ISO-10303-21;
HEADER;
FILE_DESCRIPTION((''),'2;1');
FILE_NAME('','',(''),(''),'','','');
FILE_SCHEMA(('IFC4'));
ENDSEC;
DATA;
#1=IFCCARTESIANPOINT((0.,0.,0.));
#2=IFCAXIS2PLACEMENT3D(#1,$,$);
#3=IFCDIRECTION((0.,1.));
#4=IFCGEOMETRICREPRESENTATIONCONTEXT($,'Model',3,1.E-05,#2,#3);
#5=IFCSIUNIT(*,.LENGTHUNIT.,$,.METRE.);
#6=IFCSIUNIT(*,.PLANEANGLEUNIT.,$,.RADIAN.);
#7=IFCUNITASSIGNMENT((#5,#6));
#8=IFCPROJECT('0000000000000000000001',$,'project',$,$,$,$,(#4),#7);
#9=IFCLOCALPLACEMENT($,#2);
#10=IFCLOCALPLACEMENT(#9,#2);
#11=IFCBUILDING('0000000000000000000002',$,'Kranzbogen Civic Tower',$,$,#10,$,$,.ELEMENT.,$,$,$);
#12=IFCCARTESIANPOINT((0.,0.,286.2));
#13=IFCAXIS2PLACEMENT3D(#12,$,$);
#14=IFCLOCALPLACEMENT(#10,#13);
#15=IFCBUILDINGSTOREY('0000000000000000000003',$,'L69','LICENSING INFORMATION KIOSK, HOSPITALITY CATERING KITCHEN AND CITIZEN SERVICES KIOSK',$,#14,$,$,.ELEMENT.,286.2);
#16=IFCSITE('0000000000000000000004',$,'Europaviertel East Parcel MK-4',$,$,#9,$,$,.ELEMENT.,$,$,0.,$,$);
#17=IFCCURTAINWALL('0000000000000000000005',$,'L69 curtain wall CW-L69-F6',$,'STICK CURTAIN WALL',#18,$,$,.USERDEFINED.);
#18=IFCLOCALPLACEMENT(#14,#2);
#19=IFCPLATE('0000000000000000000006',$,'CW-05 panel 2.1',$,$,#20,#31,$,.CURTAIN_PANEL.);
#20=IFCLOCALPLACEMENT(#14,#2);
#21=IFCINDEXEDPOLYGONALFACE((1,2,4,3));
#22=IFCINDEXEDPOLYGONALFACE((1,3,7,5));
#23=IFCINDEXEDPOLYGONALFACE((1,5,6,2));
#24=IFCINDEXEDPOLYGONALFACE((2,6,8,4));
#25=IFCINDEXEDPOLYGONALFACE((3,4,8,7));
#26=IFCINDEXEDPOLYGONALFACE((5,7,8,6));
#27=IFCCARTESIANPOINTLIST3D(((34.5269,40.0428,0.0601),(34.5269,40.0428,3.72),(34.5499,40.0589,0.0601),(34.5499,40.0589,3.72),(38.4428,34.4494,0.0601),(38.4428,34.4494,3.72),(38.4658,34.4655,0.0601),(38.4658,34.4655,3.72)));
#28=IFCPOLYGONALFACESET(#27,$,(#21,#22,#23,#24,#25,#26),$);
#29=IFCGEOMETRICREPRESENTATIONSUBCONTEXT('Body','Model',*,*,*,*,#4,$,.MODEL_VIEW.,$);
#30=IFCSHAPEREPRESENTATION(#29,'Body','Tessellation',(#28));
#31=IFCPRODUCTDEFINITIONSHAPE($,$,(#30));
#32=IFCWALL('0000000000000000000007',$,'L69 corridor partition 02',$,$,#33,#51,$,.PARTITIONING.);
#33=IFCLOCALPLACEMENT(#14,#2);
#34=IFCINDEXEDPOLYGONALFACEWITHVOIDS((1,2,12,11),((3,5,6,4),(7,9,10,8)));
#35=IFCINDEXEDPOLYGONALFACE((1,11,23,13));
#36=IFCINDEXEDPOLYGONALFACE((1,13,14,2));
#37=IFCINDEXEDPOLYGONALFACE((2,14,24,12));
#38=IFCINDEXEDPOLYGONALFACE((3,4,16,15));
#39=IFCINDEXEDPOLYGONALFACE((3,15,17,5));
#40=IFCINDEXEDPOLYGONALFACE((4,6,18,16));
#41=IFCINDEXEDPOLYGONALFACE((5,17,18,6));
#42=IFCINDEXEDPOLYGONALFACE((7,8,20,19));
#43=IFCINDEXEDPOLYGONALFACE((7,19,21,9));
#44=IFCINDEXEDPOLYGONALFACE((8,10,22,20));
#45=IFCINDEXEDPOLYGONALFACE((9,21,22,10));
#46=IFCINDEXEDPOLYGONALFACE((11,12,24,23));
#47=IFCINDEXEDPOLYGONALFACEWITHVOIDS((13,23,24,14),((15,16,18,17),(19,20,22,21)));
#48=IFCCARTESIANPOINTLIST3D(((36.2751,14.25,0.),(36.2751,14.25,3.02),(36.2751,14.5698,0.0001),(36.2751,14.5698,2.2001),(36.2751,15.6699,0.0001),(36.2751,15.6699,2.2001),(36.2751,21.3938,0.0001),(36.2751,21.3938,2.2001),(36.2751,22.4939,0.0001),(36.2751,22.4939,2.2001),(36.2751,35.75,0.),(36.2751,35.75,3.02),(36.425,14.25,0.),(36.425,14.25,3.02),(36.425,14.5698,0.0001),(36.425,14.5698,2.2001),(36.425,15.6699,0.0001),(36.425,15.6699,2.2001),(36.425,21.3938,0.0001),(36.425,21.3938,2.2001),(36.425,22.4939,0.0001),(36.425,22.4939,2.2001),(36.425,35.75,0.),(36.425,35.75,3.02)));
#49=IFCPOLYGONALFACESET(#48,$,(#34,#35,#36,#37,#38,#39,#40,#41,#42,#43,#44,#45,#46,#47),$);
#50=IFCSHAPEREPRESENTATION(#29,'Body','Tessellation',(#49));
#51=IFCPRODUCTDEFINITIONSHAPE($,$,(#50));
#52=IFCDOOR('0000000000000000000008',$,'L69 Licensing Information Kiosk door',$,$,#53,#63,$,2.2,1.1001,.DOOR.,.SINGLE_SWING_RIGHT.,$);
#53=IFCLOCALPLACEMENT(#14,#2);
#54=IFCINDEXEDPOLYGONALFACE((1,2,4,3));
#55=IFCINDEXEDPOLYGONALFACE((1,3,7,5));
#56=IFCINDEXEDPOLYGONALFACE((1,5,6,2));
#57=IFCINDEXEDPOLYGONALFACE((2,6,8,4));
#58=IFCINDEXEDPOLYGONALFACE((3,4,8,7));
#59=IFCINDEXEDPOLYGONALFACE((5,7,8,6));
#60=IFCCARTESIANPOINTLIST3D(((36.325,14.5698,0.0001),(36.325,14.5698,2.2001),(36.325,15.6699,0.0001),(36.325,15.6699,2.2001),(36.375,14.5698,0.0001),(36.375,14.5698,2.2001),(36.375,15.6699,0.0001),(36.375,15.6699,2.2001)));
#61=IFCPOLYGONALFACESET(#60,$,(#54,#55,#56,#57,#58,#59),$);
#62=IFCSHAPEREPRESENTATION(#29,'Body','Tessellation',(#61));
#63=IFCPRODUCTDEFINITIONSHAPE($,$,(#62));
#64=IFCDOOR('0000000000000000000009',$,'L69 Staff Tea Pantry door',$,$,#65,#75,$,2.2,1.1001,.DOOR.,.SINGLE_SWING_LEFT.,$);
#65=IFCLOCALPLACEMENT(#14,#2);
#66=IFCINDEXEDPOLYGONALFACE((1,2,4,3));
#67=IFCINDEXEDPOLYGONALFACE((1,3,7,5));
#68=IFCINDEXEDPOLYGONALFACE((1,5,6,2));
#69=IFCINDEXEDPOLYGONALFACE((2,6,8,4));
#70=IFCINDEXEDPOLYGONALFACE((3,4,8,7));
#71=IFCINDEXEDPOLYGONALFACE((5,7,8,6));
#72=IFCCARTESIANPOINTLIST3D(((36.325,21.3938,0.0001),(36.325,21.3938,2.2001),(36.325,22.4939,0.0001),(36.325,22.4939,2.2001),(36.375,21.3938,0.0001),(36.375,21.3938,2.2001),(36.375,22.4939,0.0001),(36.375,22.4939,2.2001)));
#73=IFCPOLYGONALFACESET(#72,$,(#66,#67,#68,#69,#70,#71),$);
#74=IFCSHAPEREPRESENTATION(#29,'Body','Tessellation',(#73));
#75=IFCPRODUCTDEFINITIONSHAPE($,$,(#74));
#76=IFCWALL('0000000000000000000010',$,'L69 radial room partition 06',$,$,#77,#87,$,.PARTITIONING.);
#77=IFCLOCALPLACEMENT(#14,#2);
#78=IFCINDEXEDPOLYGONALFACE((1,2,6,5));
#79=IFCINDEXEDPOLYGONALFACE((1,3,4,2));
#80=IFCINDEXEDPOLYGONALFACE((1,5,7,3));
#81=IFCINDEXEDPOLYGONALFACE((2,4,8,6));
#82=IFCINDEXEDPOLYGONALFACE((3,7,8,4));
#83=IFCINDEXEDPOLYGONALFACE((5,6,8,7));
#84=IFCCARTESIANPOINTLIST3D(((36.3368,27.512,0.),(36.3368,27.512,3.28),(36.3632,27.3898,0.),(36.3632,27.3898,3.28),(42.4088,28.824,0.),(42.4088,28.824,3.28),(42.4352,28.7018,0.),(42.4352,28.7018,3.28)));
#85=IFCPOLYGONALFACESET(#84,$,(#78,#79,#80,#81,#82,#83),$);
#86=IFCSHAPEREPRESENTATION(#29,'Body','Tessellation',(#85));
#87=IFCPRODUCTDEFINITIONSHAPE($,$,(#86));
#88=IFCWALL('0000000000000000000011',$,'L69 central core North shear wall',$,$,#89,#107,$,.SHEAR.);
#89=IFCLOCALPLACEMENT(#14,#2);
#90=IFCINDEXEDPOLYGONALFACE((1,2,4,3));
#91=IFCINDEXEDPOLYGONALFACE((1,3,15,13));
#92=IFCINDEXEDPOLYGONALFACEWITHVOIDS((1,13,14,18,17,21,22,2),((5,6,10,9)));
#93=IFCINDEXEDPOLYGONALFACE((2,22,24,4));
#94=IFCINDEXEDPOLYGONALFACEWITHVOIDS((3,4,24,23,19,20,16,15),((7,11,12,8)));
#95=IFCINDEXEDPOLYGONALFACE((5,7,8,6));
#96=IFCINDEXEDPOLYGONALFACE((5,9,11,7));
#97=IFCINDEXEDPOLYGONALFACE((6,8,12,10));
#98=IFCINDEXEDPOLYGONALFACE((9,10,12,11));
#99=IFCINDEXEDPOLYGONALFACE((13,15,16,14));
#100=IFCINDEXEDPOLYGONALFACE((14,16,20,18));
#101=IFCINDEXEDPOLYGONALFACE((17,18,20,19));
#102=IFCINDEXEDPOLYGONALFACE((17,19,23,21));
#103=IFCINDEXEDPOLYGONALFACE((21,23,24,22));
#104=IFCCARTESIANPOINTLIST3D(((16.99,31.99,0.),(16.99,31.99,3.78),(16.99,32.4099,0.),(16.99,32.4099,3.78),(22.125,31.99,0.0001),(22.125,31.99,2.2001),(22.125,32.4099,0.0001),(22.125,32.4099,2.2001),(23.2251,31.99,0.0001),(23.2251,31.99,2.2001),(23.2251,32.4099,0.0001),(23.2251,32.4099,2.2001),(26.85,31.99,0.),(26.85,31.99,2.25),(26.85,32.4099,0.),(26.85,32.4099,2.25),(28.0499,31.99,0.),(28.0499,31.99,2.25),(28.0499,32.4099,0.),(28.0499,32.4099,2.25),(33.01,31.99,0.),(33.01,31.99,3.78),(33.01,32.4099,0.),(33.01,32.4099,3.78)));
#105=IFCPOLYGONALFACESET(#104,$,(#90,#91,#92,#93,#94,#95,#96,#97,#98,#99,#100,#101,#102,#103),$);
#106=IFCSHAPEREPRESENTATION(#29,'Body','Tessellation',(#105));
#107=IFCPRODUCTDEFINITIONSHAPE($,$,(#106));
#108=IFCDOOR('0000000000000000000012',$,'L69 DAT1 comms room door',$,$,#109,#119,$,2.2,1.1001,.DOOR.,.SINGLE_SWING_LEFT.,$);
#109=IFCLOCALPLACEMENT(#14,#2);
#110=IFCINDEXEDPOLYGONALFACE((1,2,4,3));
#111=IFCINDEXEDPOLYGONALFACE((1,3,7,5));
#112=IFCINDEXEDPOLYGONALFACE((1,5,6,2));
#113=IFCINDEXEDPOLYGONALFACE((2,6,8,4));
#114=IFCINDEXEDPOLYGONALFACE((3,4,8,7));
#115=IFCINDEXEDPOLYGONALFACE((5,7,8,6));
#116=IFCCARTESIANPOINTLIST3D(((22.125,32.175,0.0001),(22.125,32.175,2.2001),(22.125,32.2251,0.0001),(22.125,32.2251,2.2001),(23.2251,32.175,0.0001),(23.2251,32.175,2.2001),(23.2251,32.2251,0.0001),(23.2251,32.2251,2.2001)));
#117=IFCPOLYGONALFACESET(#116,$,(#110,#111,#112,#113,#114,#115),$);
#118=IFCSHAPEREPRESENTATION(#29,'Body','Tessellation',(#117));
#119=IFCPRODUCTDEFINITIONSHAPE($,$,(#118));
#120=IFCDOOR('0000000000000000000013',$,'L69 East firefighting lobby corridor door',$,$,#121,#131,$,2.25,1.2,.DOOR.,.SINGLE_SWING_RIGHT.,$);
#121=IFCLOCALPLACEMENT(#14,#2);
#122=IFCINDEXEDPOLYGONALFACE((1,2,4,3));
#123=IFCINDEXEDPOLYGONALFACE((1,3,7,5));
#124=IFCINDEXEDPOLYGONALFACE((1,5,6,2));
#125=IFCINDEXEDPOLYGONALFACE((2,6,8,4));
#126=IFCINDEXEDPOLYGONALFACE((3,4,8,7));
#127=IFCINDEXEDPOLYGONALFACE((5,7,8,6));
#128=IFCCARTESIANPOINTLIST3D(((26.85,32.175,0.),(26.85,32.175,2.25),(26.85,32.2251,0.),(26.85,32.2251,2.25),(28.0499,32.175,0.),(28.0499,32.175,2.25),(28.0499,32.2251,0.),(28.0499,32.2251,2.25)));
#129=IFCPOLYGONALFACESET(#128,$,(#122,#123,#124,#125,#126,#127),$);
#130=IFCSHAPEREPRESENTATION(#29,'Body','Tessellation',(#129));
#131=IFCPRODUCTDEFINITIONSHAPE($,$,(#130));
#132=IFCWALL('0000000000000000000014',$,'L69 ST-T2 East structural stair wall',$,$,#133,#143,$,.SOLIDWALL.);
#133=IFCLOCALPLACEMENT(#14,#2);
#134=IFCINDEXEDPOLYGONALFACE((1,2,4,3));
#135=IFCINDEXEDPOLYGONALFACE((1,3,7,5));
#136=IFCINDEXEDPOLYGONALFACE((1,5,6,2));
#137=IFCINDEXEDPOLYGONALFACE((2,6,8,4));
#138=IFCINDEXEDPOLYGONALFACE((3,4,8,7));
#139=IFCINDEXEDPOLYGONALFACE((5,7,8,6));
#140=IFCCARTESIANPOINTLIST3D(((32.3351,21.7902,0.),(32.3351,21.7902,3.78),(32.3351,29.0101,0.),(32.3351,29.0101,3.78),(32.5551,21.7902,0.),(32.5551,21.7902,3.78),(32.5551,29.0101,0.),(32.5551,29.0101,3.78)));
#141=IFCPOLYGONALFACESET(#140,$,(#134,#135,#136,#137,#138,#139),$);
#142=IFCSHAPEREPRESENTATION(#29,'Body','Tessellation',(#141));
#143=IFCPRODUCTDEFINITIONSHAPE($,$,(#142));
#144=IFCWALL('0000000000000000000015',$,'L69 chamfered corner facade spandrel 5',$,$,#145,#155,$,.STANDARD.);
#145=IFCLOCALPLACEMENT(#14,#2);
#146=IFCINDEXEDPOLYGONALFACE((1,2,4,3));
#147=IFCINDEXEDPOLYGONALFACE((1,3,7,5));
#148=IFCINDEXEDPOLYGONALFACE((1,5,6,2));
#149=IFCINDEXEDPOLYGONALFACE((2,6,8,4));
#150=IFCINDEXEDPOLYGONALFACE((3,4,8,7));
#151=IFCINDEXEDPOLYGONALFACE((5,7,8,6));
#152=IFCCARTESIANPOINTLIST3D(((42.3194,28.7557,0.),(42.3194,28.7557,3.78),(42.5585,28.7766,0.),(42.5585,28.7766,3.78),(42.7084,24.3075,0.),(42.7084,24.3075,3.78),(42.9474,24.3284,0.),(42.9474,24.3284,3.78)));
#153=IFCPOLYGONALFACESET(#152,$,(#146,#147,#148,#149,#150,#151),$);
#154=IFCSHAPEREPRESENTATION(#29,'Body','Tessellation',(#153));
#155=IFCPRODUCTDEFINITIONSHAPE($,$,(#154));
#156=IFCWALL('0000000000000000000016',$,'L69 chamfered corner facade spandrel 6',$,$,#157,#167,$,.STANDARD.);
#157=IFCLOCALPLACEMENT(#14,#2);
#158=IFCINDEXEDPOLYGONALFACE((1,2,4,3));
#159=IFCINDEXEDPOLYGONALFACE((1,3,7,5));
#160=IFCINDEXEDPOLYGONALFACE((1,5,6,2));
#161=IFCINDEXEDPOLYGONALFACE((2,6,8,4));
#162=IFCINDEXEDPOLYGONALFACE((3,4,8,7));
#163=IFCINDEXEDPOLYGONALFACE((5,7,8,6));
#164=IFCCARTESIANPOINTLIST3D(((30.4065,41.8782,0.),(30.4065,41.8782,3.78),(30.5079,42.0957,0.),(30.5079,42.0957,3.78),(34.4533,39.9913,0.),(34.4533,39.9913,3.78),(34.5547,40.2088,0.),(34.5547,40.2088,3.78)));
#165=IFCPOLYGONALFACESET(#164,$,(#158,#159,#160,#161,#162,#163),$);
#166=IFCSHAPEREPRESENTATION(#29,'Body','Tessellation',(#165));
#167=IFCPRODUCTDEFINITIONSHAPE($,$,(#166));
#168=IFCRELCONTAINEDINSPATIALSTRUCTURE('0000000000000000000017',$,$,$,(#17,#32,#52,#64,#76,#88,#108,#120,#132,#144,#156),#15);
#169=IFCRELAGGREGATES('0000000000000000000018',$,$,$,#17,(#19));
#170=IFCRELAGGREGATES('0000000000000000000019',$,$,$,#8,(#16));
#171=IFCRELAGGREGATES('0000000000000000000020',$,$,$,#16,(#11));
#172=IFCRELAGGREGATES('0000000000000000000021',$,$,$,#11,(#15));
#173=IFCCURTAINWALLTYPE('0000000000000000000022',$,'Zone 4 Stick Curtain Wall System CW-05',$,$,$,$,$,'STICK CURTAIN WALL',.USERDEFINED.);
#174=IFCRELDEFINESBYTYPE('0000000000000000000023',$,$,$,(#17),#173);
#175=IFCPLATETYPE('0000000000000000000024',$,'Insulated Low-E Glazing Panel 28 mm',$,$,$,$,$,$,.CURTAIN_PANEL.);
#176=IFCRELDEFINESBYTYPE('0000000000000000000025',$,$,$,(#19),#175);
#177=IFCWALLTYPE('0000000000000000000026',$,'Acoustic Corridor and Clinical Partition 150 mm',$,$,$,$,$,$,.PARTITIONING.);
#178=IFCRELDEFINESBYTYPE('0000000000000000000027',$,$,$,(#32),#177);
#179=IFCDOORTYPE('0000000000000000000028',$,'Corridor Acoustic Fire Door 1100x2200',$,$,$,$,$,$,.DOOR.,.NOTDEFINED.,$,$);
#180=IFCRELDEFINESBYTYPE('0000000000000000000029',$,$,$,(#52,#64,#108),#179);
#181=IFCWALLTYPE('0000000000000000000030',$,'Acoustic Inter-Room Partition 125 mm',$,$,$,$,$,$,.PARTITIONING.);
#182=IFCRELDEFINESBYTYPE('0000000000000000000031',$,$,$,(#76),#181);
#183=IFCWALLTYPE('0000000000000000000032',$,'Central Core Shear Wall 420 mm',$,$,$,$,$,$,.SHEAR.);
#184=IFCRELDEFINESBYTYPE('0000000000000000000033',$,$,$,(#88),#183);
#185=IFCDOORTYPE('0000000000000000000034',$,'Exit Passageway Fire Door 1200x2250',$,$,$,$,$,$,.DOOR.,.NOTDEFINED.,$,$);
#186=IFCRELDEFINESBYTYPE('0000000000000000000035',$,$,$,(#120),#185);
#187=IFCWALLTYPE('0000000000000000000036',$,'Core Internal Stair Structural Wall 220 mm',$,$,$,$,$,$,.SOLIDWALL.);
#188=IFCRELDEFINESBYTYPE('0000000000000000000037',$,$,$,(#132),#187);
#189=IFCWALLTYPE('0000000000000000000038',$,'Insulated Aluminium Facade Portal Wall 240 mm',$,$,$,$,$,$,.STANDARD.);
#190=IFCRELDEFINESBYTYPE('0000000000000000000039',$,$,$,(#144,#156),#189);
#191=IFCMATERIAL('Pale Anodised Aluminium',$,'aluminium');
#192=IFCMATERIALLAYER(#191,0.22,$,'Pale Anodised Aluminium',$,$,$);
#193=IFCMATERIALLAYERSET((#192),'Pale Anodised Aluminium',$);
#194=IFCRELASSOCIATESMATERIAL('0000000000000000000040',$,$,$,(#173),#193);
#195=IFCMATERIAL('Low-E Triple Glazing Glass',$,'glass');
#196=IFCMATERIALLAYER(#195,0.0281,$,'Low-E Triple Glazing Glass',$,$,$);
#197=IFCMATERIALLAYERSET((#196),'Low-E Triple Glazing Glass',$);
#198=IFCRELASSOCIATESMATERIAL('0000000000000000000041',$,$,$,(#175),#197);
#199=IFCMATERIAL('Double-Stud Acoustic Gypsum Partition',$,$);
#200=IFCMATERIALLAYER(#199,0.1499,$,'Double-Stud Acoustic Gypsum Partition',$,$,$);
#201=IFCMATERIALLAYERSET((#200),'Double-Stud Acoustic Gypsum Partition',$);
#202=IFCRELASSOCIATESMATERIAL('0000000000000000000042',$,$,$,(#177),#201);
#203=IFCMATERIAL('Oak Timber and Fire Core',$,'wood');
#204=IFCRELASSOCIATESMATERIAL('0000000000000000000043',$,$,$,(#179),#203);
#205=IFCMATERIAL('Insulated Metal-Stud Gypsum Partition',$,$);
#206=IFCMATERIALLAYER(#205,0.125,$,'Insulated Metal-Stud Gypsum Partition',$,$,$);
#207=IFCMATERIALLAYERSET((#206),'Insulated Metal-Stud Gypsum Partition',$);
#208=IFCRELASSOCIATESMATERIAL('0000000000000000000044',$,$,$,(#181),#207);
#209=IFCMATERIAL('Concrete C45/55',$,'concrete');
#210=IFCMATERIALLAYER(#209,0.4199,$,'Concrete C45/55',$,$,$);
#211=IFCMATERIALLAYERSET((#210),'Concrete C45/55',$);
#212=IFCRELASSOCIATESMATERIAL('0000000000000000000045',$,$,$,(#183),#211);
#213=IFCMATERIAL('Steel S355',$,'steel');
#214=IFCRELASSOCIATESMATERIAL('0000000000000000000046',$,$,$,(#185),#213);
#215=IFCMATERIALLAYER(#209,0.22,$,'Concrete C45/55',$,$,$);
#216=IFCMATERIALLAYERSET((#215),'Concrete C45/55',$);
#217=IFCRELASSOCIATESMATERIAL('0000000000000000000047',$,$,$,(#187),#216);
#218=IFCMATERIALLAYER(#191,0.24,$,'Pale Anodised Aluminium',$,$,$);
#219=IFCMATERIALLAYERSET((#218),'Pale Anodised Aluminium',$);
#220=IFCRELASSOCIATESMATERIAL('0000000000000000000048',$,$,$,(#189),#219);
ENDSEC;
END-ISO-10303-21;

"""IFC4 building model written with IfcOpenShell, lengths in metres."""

from ifc_helpers import new_model, si_unit, direction, frame, frame_2d, origin, origin_2d, place, context, subcontext, project, spatial, rectangle, extrude, material, layer, layer_set, type_object, element, fill, aggregate, save


model = new_model("IFC4")

# Units and contexts
model_context = context("Model", 3, precision=1e-05, world=origin(), true_north=direction((0.0, 1.0)))
body_context = subcontext(model_context, "Body", "Model", "MODEL_VIEW")
ifc_project = project(units=[si_unit("LENGTHUNIT", "METRE"), si_unit("PLANEANGLEUNIT", "RADIAN")], contexts=[model_context])

# Site, building, storey
site_placement = place(None, origin())
site = spatial("IfcSite", under=ifc_project, at=site_placement, Name="Europaviertel East Parcel MK-4", CompositionType="ELEMENT", RefElevation=0.0)
building_placement = place(site_placement, origin())
building = spatial("IfcBuilding", under=site, at=building_placement, Name="Kranzbogen Civic Tower", CompositionType="ELEMENT")
storey_placement = place(building_placement, frame((0.0, 0.0, 286.2)))
storey = spatial("IfcBuildingStorey", under=building, at=storey_placement, Name="L69", Description="LICENSING INFORMATION KIOSK, HOSPITALITY CATERING KITCHEN AND CITIZEN SERVICES KIOSK", CompositionType="ELEMENT", Elevation=286.2)

# Shared definitions
ifc_material_1 = material(Name="Steel S355", Category="steel")

# Shared definitions
ifc_material_2 = material(Name="Pale Anodised Aluminium", Category="aluminium")
ifc_layer_1 = layer(ifc_material_2, 0.22, Name="Pale Anodised Aluminium")
ifc_layer_set_1 = layer_set([ifc_layer_1], Name="Pale Anodised Aluminium")
curtain_wall_type = type_object("IfcCurtainWallType", Name="Zone 4 Stick Curtain Wall System CW-05", ElementType="STICK CURTAIN WALL", PredefinedType="USERDEFINED", material=ifc_layer_set_1)

# Curtain wall
curtain_wall_1_placement = place(storey_placement, origin())
curtain_wall_1 = element("IfcCurtainWall", 1, at=curtain_wall_1_placement, inside=storey, type_object=curtain_wall_type, Name="L69 curtain wall CW-L69-F6", ObjectType="STICK CURTAIN WALL", PredefinedType="USERDEFINED")

# Plate
ifc_material_3 = material(Name="Low-E Triple Glazing Glass", Category="glass")
ifc_layer_2 = layer(ifc_material_3, 0.0281, Name="Low-E Triple Glazing Glass")
ifc_layer_set_2 = layer_set([ifc_layer_2], Name="Low-E Triple Glazing Glass")
plate_type = type_object("IfcPlateType", Name="Insulated Low-E Glazing Panel 28 mm", PredefinedType="CURTAIN_PANEL", material=ifc_layer_set_2)
plate_1_placement = place(storey_placement, frame((36.4963, 37.2542, 0.0601), z_axis=(0.0, 0.0, 1.0), x_axis=(-0.573521, 0.819191, 0.0)))
plate_1 = element("IfcPlate", 2, at=plate_1_placement, type_object=plate_type, Name="CW-05 panel 2.1", PredefinedType="CURTAIN_PANEL", context=body_context, shape_type="SweptSolid", body=[
    extrude(rectangle(XDim=6.8279, YDim=0.0281, at=origin_2d()), origin(), (0.0, 0.0, 1.0), 3.6599),
])
aggregate(curtain_wall_1, [plate_1])

# Wall, openings, doors
ifc_material_4 = material(Name="Double-Stud Acoustic Gypsum Partition")
ifc_layer_3 = layer(ifc_material_4, 0.1499, Name="Double-Stud Acoustic Gypsum Partition")
ifc_layer_set_3 = layer_set([ifc_layer_3], Name="Double-Stud Acoustic Gypsum Partition")
wall_type_1 = type_object("IfcWallType", Name="Acoustic Corridor and Clinical Partition 150 mm", PredefinedType="PARTITIONING", material=ifc_layer_set_3)
wall_1_placement = place(storey_placement, frame((36.3501, 35.75, 0.0), z_axis=(0.0, 0.0, 1.0), x_axis=(0.0, -1.0, 0.0)))
wall_1 = element("IfcWall", 3, at=wall_1_placement, inside=storey, type_object=wall_type_1, Name="L69 corridor partition 02", PredefinedType="PARTITIONING", context=body_context, shape_type="SweptSolid", body=[
    extrude(rectangle(XDim=21.5, YDim=0.1499, at=frame_2d((10.75, 0.0))), origin(), (0.0, 0.0, 1.0), 3.02),
])
opening_1_placement = place(wall_1_placement, frame((20.0801, 0.0, 0.0)))
opening_1 = element("IfcOpeningElement", 4, at=opening_1_placement, cuts=wall_1, PredefinedType="OPENING", context=body_context, shape_type="SweptSolid", body=[
    extrude(rectangle(XDim=1.1001, YDim=2.2, at=frame_2d((0.55, 1.1001))), frame((0.0, 0.085, 0.0), z_axis=(0.0, -1.0, 0.0), x_axis=(1.0, 0.0, 0.0)), (0.0, 0.0, 1.0), 0.1699),
])
opening_2_placement = place(wall_1_placement, frame((13.2561, 0.0, 0.0)))
opening_2 = element("IfcOpeningElement", 5, at=opening_2_placement, cuts=wall_1, PredefinedType="OPENING", context=body_context, shape_type="SweptSolid", body=[
    extrude(rectangle(XDim=1.1001, YDim=2.2, at=frame_2d((0.55, 1.1001))), frame((0.0, 0.085, 0.0), z_axis=(0.0, -1.0, 0.0), x_axis=(1.0, 0.0, 0.0)), (0.0, 0.0, 1.0), 0.1699),
])
ifc_material_5 = material(Name="Oak Timber and Fire Core", Category="wood")
door_type_1 = type_object("IfcDoorType", Name="Corridor Acoustic Fire Door 1100x2200", OperationType="NOTDEFINED", PredefinedType="DOOR", material=ifc_material_5)
door_1_placement = place(opening_1_placement, origin())
door_1 = element("IfcDoor", 6, at=door_1_placement, inside=storey, type_object=door_type_1, Name="L69 Licensing Information Kiosk door", OperationType="SINGLE_SWING_RIGHT", OverallHeight=2.2, OverallWidth=1.1001, PredefinedType="DOOR", context=body_context, shape_type="SweptSolid", body=[
    extrude(rectangle(XDim=1.1001, YDim=2.2, at=frame_2d((0.55, 1.1001))), frame((0.0, 0.0249, 0.0), z_axis=(0.0, -1.0, 0.0), x_axis=(1.0, 0.0, 0.0)), (0.0, 0.0, 1.0), 0.05),
])
fill(opening_1, door_1)
door_2_placement = place(opening_2_placement, origin())
door_2 = element("IfcDoor", 7, at=door_2_placement, inside=storey, type_object=door_type_1, Name="L69 Staff Tea Pantry door", OperationType="SINGLE_SWING_LEFT", OverallHeight=2.2, OverallWidth=1.1001, PredefinedType="DOOR", context=body_context, shape_type="SweptSolid", body=[
    extrude(rectangle(XDim=1.1001, YDim=2.2, at=frame_2d((0.55, 1.1001))), frame((0.0, 0.0249, 0.0), z_axis=(0.0, -1.0, 0.0), x_axis=(1.0, 0.0, 0.0)), (0.0, 0.0, 1.0), 0.05),
])
fill(opening_2, door_2)

# Wall
ifc_material_6 = material(Name="Insulated Metal-Stud Gypsum Partition")
ifc_layer_4 = layer(ifc_material_6, 0.125, Name="Insulated Metal-Stud Gypsum Partition")
ifc_layer_set_4 = layer_set([ifc_layer_4], Name="Insulated Metal-Stud Gypsum Partition")
wall_type_2 = type_object("IfcWallType", Name="Acoustic Inter-Room Partition 125 mm", PredefinedType="PARTITIONING", material=ifc_layer_set_4)
wall_2_placement = place(storey_placement, frame((36.3501, 27.4509, 0.0), z_axis=(0.0, 0.0, 1.0), x_axis=(0.977443, 0.211201, 0.0)))
element("IfcWall", 8, at=wall_2_placement, inside=storey, type_object=wall_type_2, Name="L69 radial room partition 06", PredefinedType="PARTITIONING", context=body_context, shape_type="SweptSolid", body=[
    extrude(rectangle(XDim=6.2122, YDim=0.125, at=frame_2d((3.106, 0.0))), origin(), (0.0, 0.0, 1.0), 3.28),
])

# Wall, openings, doors
ifc_material_7 = material(Name="Concrete C45/55", Category="concrete")
ifc_layer_5 = layer(ifc_material_7, 0.4199, Name="Concrete C45/55")
ifc_layer_set_5 = layer_set([ifc_layer_5], Name="Concrete C45/55")
wall_type_3 = type_object("IfcWallType", Name="Central Core Shear Wall 420 mm", PredefinedType="SHEAR", material=ifc_layer_set_5)
wall_3_placement = place(storey_placement, frame((33.01, 32.2, 0.0), z_axis=(0.0, 0.0, 1.0), x_axis=(-1.0, 0.0, 0.0)))
wall_3 = element("IfcWall", 9, at=wall_3_placement, inside=storey, type_object=wall_type_3, Name="L69 central core North shear wall", PredefinedType="SHEAR", context=body_context, shape_type="SweptSolid", body=[
    extrude(rectangle(XDim=16.02, YDim=0.4199, at=frame_2d((8.01, 0.0))), origin(), (0.0, 0.0, 1.0), 3.78),
])
opening_3_placement = place(wall_3_placement, frame((4.96, 0.0, 0.0)))
opening_3 = element("IfcOpeningElement", 10, at=opening_3_placement, cuts=wall_3, PredefinedType="OPENING", context=body_context, shape_type="SweptSolid", body=[
    extrude(rectangle(XDim=1.2, YDim=2.25, at=frame_2d((0.6001, 1.125))), frame((0.0, 0.22, 0.0), z_axis=(0.0, -1.0, 0.0), x_axis=(1.0, 0.0, 0.0)), (0.0, 0.0, 1.0), 0.4399),
])
opening_4_placement = place(wall_3_placement, frame((9.7849, 0.0, 0.0)))
opening_4 = element("IfcOpeningElement", 11, at=opening_4_placement, cuts=wall_3, PredefinedType="OPENING", context=body_context, shape_type="SweptSolid", body=[
    extrude(rectangle(XDim=1.1001, YDim=2.2, at=frame_2d((0.55, 1.1001))), frame((0.0, 0.22, 0.0), z_axis=(0.0, -1.0, 0.0), x_axis=(1.0, 0.0, 0.0)), (0.0, 0.0, 1.0), 0.4399),
])
door_3_placement = place(opening_4_placement, origin())
door_3 = element("IfcDoor", 12, at=door_3_placement, inside=storey, type_object=door_type_1, Name="L69 DAT1 comms room door", OperationType="SINGLE_SWING_LEFT", OverallHeight=2.2, OverallWidth=1.1001, PredefinedType="DOOR", context=body_context, shape_type="SweptSolid", body=[
    extrude(rectangle(XDim=1.1001, YDim=2.2, at=frame_2d((0.55, 1.1001))), frame((0.0, 0.0249, 0.0), z_axis=(0.0, -1.0, 0.0), x_axis=(1.0, 0.0, 0.0)), (0.0, 0.0, 1.0), 0.05),
])
fill(opening_4, door_3)
door_type_2 = type_object("IfcDoorType", Name="Exit Passageway Fire Door 1200x2250", OperationType="NOTDEFINED", PredefinedType="DOOR", material=ifc_material_1)
door_4_placement = place(opening_3_placement, origin())
door_4 = element("IfcDoor", 13, at=door_4_placement, inside=storey, type_object=door_type_2, Name="L69 East firefighting lobby corridor door", OperationType="SINGLE_SWING_RIGHT", OverallHeight=2.25, OverallWidth=1.2, PredefinedType="DOOR", context=body_context, shape_type="SweptSolid", body=[
    extrude(rectangle(XDim=1.2, YDim=2.25, at=frame_2d((0.6001, 1.125))), frame((0.0, 0.0249, 0.0), z_axis=(0.0, -1.0, 0.0), x_axis=(1.0, 0.0, 0.0)), (0.0, 0.0, 1.0), 0.05),
])
fill(opening_3, door_4)

# Walls
ifc_layer_6 = layer(ifc_material_7, 0.22, Name="Concrete C45/55")
ifc_layer_set_6 = layer_set([ifc_layer_6], Name="Concrete C45/55")
wall_type_4 = type_object("IfcWallType", Name="Core Internal Stair Structural Wall 220 mm", PredefinedType="SOLIDWALL", material=ifc_layer_set_6)
wall_4_placement = place(storey_placement, frame((32.4451, 29.01, 0.0), z_axis=(0.0, 0.0, 1.0), x_axis=(0.0, -1.0, 0.0)))
element("IfcWall", 14, at=wall_4_placement, inside=storey, type_object=wall_type_4, Name="L69 ST-T2 East structural stair wall", PredefinedType="SOLIDWALL", context=body_context, shape_type="SweptSolid", body=[
    extrude(rectangle(XDim=7.22, YDim=0.22, at=frame_2d((3.6099, 0.0))), origin(), (0.0, 0.0, 1.0), 3.78),
])
ifc_layer_7 = layer(ifc_material_2, 0.24, Name="Pale Anodised Aluminium")
ifc_layer_set_7 = layer_set([ifc_layer_7], Name="Pale Anodised Aluminium")
wall_type_5 = type_object("IfcWallType", Name="Insulated Aluminium Facade Portal Wall 240 mm", PredefinedType="STANDARD", material=ifc_layer_set_7)
for number, where, z_axis, x_axis, name in (
    (15, (42.8279, 24.3181, 0.0), (0.0, 0.0, 1.0), (-0.087104, 0.996199, 0.0), "L69 chamfered corner facade spandrel 5"),
    (16, (34.5039, 40.1001, 0.0), (0.0, 0.0, 1.0), (-0.906319, 0.422595, 0.0), "L69 chamfered corner facade spandrel 6"),
):
    element("IfcWall", number, at=place(storey_placement, frame(where, z_axis=z_axis, x_axis=x_axis)), inside=storey, type_object=wall_type_5, Name=name, PredefinedType="STANDARD", context=body_context, shape_type="SweptSolid", body=[
        extrude(rectangle(XDim=4.4651, YDim=0.24, at=frame_2d((2.2324, 0.0))), origin(), (0.0, 0.0, 1.0), 3.78),
    ])

save(model, "model.ifc")
